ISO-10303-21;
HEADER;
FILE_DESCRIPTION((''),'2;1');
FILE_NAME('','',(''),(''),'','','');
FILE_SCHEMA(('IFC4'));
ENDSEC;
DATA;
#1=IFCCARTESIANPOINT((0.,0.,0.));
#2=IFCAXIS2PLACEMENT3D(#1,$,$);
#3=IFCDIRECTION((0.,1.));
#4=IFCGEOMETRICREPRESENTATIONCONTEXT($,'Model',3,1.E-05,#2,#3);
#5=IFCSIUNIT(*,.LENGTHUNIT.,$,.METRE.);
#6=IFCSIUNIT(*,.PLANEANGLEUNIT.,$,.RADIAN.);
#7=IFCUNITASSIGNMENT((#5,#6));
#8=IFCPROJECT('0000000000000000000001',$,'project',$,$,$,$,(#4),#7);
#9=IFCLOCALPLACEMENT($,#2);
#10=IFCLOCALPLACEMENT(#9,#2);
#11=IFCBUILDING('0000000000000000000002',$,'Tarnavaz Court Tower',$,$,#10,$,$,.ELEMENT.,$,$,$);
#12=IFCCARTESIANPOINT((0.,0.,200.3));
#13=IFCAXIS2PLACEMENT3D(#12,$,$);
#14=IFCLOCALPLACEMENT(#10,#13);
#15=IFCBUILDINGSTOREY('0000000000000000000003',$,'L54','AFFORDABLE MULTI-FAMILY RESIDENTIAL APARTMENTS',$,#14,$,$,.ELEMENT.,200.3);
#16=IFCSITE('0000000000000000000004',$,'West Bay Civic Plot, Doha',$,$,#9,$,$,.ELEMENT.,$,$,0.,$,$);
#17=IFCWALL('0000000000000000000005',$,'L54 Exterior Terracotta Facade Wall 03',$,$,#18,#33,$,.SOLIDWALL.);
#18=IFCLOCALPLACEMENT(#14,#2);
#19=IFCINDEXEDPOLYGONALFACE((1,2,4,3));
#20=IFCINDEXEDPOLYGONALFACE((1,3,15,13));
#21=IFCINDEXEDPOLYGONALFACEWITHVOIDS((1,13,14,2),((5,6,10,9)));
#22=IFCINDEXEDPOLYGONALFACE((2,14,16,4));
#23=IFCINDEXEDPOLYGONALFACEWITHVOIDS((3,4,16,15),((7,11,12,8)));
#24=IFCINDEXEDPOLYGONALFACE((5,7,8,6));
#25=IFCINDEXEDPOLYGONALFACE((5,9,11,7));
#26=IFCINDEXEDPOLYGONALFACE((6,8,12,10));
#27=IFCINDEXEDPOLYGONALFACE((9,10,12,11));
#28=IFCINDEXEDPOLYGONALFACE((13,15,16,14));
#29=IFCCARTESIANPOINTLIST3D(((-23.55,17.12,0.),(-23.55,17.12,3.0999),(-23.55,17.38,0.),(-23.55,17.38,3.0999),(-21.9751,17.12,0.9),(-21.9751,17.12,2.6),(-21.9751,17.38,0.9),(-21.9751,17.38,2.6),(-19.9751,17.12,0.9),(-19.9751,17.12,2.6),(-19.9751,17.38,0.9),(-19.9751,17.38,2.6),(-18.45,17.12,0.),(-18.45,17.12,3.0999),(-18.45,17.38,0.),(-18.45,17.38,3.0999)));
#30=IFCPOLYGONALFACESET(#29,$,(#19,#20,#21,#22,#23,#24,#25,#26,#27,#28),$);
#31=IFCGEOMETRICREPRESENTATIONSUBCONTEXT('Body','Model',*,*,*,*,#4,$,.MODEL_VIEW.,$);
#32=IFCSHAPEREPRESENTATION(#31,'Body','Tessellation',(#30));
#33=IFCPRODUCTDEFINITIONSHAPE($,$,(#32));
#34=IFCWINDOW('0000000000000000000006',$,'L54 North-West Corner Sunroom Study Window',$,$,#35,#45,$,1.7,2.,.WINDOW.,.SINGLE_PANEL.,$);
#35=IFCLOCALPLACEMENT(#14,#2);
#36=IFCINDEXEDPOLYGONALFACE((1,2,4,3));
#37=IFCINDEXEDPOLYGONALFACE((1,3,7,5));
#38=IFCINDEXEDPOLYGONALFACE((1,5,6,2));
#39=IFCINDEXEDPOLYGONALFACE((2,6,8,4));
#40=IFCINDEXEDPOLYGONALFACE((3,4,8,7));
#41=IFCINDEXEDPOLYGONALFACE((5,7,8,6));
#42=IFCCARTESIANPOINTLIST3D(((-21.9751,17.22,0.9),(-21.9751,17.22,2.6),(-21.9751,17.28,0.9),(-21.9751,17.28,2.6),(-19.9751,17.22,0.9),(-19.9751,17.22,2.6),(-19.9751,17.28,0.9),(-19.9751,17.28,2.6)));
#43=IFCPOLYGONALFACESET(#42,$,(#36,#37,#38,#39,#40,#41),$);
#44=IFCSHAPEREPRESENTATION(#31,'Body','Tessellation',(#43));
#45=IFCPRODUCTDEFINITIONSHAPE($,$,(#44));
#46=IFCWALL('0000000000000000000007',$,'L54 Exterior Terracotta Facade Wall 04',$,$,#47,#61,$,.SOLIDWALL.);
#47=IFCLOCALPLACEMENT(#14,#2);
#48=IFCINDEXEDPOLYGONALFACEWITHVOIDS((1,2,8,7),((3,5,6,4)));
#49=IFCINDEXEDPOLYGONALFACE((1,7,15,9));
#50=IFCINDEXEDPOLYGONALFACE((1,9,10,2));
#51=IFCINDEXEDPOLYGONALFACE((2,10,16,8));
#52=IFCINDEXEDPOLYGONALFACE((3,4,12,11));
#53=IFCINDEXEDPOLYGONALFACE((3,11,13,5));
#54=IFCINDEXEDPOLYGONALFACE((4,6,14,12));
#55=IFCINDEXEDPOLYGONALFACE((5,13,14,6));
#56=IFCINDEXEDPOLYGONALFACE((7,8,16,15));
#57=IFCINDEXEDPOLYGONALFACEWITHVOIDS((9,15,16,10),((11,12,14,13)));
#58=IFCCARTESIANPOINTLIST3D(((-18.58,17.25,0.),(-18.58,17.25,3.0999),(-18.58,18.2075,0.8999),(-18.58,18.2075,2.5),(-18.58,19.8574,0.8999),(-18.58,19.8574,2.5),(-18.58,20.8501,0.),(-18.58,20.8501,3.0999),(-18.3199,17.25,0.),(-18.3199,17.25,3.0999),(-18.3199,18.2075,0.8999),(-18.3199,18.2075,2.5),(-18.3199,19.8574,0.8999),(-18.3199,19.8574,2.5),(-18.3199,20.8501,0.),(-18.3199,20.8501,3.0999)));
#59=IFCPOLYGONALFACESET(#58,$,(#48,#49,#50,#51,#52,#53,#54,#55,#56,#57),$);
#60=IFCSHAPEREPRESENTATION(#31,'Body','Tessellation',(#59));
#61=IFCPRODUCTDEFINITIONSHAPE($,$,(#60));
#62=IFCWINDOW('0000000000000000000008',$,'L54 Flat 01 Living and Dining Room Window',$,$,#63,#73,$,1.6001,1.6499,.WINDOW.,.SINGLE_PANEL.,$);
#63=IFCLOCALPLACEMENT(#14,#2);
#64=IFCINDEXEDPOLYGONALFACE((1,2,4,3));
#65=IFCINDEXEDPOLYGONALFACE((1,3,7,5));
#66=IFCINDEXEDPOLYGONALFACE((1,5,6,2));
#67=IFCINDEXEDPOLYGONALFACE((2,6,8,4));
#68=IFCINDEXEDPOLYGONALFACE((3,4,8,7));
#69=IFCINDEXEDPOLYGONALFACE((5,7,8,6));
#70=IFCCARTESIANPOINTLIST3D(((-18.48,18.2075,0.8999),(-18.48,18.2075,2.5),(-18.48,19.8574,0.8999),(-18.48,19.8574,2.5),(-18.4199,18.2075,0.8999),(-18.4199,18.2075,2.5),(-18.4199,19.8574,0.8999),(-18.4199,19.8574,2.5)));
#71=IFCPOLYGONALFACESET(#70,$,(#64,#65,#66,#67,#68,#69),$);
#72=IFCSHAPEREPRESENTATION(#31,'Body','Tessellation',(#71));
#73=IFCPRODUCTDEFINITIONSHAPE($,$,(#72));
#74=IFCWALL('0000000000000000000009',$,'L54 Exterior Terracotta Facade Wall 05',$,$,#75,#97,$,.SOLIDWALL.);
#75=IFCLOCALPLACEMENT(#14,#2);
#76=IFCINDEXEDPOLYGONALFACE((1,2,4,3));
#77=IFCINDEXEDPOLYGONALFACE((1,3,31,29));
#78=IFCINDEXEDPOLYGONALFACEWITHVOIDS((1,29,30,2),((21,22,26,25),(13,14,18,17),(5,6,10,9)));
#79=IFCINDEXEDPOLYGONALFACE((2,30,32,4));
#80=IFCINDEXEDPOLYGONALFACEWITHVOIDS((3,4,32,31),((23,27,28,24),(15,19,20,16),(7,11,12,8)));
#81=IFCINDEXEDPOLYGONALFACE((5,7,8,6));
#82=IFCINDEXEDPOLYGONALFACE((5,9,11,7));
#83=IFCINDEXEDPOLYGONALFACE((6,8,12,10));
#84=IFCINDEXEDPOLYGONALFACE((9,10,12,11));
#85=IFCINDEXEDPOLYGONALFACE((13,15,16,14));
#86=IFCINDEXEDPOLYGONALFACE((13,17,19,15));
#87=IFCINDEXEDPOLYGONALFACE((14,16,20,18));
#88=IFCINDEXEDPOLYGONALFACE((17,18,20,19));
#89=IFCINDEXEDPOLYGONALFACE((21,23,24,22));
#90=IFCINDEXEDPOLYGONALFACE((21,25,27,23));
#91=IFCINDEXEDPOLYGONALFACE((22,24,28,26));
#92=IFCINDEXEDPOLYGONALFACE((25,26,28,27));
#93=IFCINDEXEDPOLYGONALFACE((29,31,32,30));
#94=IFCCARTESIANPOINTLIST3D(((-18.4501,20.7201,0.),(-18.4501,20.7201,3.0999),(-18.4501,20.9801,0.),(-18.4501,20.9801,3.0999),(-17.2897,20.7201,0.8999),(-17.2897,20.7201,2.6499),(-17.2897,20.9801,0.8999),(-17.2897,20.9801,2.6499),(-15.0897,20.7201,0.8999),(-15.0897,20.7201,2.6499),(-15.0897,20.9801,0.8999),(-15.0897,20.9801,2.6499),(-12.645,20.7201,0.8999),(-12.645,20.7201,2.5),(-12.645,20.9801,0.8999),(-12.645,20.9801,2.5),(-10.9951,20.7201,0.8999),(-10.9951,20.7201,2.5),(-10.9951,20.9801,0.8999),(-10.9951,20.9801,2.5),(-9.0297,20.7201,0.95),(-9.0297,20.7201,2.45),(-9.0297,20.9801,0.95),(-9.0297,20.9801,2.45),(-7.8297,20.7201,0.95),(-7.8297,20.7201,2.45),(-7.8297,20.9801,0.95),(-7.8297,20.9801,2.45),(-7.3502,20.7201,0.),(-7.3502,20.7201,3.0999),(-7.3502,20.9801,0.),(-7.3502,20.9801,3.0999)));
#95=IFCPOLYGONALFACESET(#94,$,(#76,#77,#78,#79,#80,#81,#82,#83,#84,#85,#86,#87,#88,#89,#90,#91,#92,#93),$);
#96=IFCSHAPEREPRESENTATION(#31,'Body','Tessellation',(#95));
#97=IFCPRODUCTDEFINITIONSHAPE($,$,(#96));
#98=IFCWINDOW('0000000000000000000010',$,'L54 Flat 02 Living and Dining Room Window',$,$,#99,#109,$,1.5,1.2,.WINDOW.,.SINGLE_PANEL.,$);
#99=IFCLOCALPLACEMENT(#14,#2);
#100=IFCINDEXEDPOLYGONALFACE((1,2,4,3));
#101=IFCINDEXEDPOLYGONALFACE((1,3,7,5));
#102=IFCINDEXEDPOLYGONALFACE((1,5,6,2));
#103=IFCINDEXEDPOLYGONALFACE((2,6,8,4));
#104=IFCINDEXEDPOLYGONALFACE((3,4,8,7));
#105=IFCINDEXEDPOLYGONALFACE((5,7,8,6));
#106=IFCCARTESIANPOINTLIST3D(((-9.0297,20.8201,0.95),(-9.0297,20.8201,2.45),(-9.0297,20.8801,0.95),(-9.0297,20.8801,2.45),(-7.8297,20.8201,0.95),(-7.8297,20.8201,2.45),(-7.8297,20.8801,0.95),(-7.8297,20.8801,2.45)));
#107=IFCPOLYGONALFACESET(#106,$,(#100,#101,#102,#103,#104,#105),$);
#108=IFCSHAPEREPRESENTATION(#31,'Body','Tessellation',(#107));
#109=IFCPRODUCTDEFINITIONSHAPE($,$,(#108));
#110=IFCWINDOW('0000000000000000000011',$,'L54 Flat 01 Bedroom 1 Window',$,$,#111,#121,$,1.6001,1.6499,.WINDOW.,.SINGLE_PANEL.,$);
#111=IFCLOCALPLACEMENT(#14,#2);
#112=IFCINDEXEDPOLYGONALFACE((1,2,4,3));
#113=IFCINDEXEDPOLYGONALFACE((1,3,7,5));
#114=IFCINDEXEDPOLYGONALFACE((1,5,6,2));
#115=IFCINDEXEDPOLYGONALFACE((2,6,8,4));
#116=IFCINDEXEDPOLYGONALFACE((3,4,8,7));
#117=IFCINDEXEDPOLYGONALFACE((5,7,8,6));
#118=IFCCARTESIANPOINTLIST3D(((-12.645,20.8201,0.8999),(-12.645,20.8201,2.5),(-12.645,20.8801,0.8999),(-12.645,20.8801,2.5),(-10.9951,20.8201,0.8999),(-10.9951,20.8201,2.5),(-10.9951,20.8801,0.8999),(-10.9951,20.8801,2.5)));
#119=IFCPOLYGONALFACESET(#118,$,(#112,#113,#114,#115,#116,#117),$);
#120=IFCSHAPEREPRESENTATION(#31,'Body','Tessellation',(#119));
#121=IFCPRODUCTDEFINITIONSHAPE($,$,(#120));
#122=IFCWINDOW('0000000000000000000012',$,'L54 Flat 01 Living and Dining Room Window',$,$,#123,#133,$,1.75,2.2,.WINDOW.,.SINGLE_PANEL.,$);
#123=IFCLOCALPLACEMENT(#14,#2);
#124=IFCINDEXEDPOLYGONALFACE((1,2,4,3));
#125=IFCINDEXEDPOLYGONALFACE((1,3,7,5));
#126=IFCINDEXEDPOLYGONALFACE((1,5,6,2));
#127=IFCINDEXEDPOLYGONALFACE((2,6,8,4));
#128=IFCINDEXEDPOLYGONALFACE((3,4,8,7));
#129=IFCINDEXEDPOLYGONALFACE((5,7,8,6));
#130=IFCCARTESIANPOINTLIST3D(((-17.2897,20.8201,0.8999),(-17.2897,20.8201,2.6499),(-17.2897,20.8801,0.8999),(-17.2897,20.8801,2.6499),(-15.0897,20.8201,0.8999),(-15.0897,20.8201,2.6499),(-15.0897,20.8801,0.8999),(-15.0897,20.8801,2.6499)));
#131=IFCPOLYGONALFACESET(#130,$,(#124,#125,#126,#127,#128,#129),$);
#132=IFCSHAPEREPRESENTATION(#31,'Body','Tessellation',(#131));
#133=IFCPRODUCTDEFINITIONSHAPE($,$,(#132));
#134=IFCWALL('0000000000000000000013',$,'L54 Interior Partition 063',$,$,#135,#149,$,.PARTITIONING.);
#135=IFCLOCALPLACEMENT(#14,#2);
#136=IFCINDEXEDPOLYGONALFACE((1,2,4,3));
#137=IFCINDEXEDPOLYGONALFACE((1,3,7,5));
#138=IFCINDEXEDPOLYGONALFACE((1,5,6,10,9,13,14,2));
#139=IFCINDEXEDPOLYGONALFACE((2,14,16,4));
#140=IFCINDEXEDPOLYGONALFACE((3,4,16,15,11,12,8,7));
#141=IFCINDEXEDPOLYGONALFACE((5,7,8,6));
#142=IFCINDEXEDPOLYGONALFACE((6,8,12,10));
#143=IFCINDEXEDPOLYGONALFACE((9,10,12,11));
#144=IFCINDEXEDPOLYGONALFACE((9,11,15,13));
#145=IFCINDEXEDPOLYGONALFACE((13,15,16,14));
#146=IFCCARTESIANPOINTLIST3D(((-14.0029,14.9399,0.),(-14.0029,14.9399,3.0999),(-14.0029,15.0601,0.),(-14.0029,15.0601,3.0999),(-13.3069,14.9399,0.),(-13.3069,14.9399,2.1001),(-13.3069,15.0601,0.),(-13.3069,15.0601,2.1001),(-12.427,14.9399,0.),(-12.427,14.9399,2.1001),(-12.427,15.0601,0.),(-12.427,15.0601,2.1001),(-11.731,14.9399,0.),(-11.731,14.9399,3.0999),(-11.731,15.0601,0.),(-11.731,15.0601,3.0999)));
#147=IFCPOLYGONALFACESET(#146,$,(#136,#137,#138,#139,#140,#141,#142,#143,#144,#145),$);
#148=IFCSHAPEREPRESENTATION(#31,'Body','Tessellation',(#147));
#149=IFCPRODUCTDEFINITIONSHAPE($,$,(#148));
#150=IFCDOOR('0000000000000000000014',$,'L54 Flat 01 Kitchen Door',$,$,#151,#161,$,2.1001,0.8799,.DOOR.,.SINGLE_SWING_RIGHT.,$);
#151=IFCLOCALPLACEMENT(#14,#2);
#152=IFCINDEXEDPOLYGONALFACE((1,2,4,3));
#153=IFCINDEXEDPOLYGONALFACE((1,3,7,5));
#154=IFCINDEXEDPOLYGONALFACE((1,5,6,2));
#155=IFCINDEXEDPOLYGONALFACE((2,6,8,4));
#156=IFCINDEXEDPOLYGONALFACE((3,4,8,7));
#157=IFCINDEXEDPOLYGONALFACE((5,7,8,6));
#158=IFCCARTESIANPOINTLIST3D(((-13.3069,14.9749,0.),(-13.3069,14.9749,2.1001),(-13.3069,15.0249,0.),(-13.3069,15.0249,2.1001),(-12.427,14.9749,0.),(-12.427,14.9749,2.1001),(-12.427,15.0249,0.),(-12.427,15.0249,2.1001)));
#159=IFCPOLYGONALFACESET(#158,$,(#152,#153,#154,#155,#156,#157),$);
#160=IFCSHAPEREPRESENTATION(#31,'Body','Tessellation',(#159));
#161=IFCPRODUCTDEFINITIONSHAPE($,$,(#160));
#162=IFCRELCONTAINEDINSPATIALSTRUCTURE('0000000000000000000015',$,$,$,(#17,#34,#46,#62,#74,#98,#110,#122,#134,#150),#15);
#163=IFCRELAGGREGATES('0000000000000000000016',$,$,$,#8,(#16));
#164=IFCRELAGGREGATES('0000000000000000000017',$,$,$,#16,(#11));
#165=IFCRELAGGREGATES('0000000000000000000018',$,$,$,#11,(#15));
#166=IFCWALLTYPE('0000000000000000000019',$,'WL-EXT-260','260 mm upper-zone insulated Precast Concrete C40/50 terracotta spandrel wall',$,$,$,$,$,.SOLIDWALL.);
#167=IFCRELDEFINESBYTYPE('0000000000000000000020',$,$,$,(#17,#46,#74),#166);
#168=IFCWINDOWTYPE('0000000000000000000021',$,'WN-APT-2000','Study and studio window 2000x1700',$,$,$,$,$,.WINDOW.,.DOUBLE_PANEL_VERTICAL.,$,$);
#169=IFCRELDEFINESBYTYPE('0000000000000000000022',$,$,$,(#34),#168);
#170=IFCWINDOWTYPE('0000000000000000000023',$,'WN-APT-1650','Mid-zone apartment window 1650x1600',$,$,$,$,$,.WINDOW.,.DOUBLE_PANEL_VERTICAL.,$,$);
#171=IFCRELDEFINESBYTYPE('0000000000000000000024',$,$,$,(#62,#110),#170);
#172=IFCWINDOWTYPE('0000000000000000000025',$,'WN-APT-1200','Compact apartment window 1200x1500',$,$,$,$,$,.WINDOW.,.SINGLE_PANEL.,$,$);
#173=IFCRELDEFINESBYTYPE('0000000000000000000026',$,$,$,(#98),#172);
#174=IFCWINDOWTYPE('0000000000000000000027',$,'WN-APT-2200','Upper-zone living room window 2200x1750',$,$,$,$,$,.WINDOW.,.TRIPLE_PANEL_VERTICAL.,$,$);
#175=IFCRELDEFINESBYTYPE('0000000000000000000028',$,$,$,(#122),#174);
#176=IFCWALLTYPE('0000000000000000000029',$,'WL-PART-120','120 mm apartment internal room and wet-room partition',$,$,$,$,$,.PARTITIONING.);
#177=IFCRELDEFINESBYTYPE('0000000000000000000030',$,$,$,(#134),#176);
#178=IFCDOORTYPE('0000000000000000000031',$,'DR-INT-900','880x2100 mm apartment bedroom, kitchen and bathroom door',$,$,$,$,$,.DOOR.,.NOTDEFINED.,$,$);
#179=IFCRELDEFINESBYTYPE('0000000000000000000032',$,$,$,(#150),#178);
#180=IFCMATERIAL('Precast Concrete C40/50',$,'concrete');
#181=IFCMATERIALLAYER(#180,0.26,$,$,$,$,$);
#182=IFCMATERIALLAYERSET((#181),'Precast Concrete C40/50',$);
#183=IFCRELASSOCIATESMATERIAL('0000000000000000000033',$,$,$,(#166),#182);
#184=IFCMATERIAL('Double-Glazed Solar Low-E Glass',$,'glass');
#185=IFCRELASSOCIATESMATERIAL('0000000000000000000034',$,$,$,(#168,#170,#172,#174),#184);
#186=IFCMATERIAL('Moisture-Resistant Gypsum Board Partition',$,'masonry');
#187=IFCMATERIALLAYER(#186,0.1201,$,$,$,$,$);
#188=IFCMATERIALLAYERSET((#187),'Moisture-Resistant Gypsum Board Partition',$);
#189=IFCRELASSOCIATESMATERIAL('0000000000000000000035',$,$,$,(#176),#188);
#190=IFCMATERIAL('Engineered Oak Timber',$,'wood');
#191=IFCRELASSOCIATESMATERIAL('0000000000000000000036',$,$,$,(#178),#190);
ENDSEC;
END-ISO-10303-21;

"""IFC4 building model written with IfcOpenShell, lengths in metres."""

from ifc_helpers import new_model, si_unit, direction, frame, frame_2d, origin, place, context, subcontext, project, spatial, rectangle, extrude, material, layer, layer_set, type_object, element, fill, save


model = new_model("IFC4")

# Units and contexts
model_context = context("Model", 3, precision=1e-05, world=origin(), true_north=direction((0.0, 1.0)))
body_context = subcontext(model_context, "Body", "Model", "MODEL_VIEW")
ifc_project = project(units=[si_unit("LENGTHUNIT", "METRE"), si_unit("PLANEANGLEUNIT", "RADIAN")], contexts=[model_context])

# Site, building, storey
site_placement = place(None, origin())
site = spatial("IfcSite", under=ifc_project, at=site_placement, Name="West Bay Civic Plot, Doha", CompositionType="ELEMENT", RefElevation=0.0)
building_placement = place(site_placement, origin())
building = spatial("IfcBuilding", under=site, at=building_placement, Name="Tarnavaz Court Tower", CompositionType="ELEMENT")
storey_placement = place(building_placement, frame((0.0, 0.0, 200.3)))
storey = spatial("IfcBuildingStorey", under=building, at=storey_placement, Name="L54", Description="AFFORDABLE MULTI-FAMILY RESIDENTIAL APARTMENTS", CompositionType="ELEMENT", Elevation=200.3)

# Walls, openings, windows
ifc_material_1 = material(Name="Precast Concrete C40/50", Category="concrete")
ifc_layer_1 = layer(ifc_material_1, 0.26)
ifc_layer_set_1 = layer_set([ifc_layer_1], Name="Precast Concrete C40/50")
wall_type_1 = type_object("IfcWallType", Name="WL-EXT-260", Description="260 mm upper-zone insulated Precast Concrete C40/50 terracotta spandrel wall", PredefinedType="SOLIDWALL", material=ifc_layer_set_1)
wall_1_placement = place(storey_placement, frame((-23.55, 17.25, 0.0), z_axis=(0.0, 0.0, 1.0), x_axis=(1.0, 0.0, 0.0)))
wall_1 = element("IfcWall", 1, at=wall_1_placement, inside=storey, type_object=wall_type_1, Name="L54 Exterior Terracotta Facade Wall 03", PredefinedType="SOLIDWALL", context=body_context, shape_type="SweptSolid", body=[
    extrude(rectangle(XDim=5.1001, YDim=0.26, at=frame_2d((2.55, 0.0))), origin(), (0.0, 0.0, 1.0), 3.0999),
])
opening_1_placement = place(wall_1_placement, frame((1.575, 0.0, 0.8999)))
opening_1 = element("IfcOpeningElement", 2, at=opening_1_placement, cuts=wall_1, PredefinedType="OPENING", context=body_context, shape_type="SweptSolid", body=[
    extrude(rectangle(XDim=2.0, YDim=1.7, at=frame_2d((1.0, 0.8501))), frame((0.0, 0.1399, 0.0), z_axis=(0.0, -1.0, 0.0), x_axis=(1.0, 0.0, 0.0)), (0.0, 0.0, 1.0), 0.28),
])
ifc_material_2 = material(Name="Double-Glazed Solar Low-E Glass", Category="glass")
window_type_1 = type_object("IfcWindowType", Name="WN-APT-2000", Description="Study and studio window 2000x1700", PartitioningType="DOUBLE_PANEL_VERTICAL", PredefinedType="WINDOW", material=ifc_material_2)
window_1_placement = place(opening_1_placement, origin())
window_1 = element("IfcWindow", 3, at=window_1_placement, inside=storey, type_object=window_type_1, Name="L54 North-West Corner Sunroom Study Window", OverallHeight=1.7, OverallWidth=2.0, PartitioningType="SINGLE_PANEL", PredefinedType="WINDOW", context=body_context, shape_type="SweptSolid", body=[
    extrude(rectangle(XDim=2.0, YDim=1.7, at=frame_2d((1.0, 0.8501))), frame((0.0, 0.03, 0.0), z_axis=(0.0, -1.0, 0.0), x_axis=(1.0, 0.0, 0.0)), (0.0, 0.0, 1.0), 0.0601),
])
fill(opening_1, window_1)
wall_2_placement = place(storey_placement, frame((-18.45, 17.25, 0.0), z_axis=(0.0, 0.0, 1.0), x_axis=(0.0, 1.0, 0.0)))
wall_2 = element("IfcWall", 4, at=wall_2_placement, inside=storey, type_object=wall_type_1, Name="L54 Exterior Terracotta Facade Wall 04", PredefinedType="SOLIDWALL", context=body_context, shape_type="SweptSolid", body=[
    extrude(rectangle(XDim=3.6001, YDim=0.26, at=frame_2d((1.8, 0.0))), origin(), (0.0, 0.0, 1.0), 3.0999),
])
opening_2_placement = place(wall_2_placement, frame((0.9575, 0.0, 0.8999)))
opening_2 = element("IfcOpeningElement", 5, at=opening_2_placement, cuts=wall_2, PredefinedType="OPENING", context=body_context, shape_type="SweptSolid", body=[
    extrude(rectangle(XDim=1.6499, YDim=1.6001, at=frame_2d((0.825, 0.8))), frame((0.0, 0.1399, 0.0), z_axis=(0.0, -1.0, 0.0), x_axis=(1.0, 0.0, 0.0)), (0.0, 0.0, 1.0), 0.28),
])
window_type_2 = type_object("IfcWindowType", Name="WN-APT-1650", Description="Mid-zone apartment window 1650x1600", PartitioningType="DOUBLE_PANEL_VERTICAL", PredefinedType="WINDOW", material=ifc_material_2)
window_2_placement = place(opening_2_placement, origin())
window_2 = element("IfcWindow", 6, at=window_2_placement, inside=storey, type_object=window_type_2, Name="L54 Flat 01 Living and Dining Room Window", OverallHeight=1.6001, OverallWidth=1.6499, PartitioningType="SINGLE_PANEL", PredefinedType="WINDOW", context=body_context, shape_type="SweptSolid", body=[
    extrude(rectangle(XDim=1.6499, YDim=1.6001, at=frame_2d((0.825, 0.8))), frame((0.0, 0.03, 0.0), z_axis=(0.0, -1.0, 0.0), x_axis=(1.0, 0.0, 0.0)), (0.0, 0.0, 1.0), 0.0601),
])
fill(opening_2, window_2)

# Wall, openings, windows
wall_3_placement = place(storey_placement, frame((-18.45, 20.8501, 0.0), z_axis=(0.0, 0.0, 1.0), x_axis=(1.0, 0.0, 0.0)))
wall_3 = element("IfcWall", 7, at=wall_3_placement, inside=storey, type_object=wall_type_1, Name="L54 Exterior Terracotta Facade Wall 05", PredefinedType="SOLIDWALL", context=body_context, shape_type="SweptSolid", body=[
    extrude(rectangle(XDim=11.0999, YDim=0.26, at=frame_2d((5.5498, 0.0))), origin(), (0.0, 0.0, 1.0), 3.0999),
])
opening_3_placement = place(wall_3_placement, frame((1.1602, 0.0, 0.8999)))
opening_3 = element("IfcOpeningElement", 8, at=opening_3_placement, cuts=wall_3, PredefinedType="OPENING", context=body_context, shape_type="SweptSolid", body=[
    extrude(rectangle(XDim=2.2, YDim=1.75, at=frame_2d((1.1001, 0.875))), frame((0.0, 0.1399, 0.0), z_axis=(0.0, -1.0, 0.0), x_axis=(1.0, 0.0, 0.0)), (0.0, 0.0, 1.0), 0.28),
])
opening_4_placement = place(wall_3_placement, frame((5.8049, 0.0, 0.8999)))
opening_4 = element("IfcOpeningElement", 9, at=opening_4_placement, cuts=wall_3, PredefinedType="OPENING", context=body_context, shape_type="SweptSolid", body=[
    extrude(rectangle(XDim=1.6499, YDim=1.6001, at=frame_2d((0.825, 0.8))), frame((0.0, 0.1399, 0.0), z_axis=(0.0, -1.0, 0.0), x_axis=(1.0, 0.0, 0.0)), (0.0, 0.0, 1.0), 0.28),
])
opening_5_placement = place(wall_3_placement, frame((9.4202, 0.0, 0.95)))
opening_5 = element("IfcOpeningElement", 10, at=opening_5_placement, cuts=wall_3, PredefinedType="OPENING", context=body_context, shape_type="SweptSolid", body=[
    extrude(rectangle(XDim=1.2, YDim=1.5, at=frame_2d((0.6001, 0.75))), frame((0.0, 0.1399, 0.0), z_axis=(0.0, -1.0, 0.0), x_axis=(1.0, 0.0, 0.0)), (0.0, 0.0, 1.0), 0.28),
])
window_type_3 = type_object("IfcWindowType", Name="WN-APT-1200", Description="Compact apartment window 1200x1500", PartitioningType="SINGLE_PANEL", PredefinedType="WINDOW", material=ifc_material_2)
window_3_placement = place(opening_5_placement, origin())
window_3 = element("IfcWindow", 11, at=window_3_placement, inside=storey, type_object=window_type_3, Name="L54 Flat 02 Living and Dining Room Window", OverallHeight=1.5, OverallWidth=1.2, PartitioningType="SINGLE_PANEL", PredefinedType="WINDOW", context=body_context, shape_type="SweptSolid", body=[
    extrude(rectangle(XDim=1.2, YDim=1.5, at=frame_2d((0.6001, 0.75))), frame((0.0, 0.03, 0.0), z_axis=(0.0, -1.0, 0.0), x_axis=(1.0, 0.0, 0.0)), (0.0, 0.0, 1.0), 0.0601),
])
fill(opening_5, window_3)
window_4_placement = place(opening_4_placement, origin())
window_4 = element("IfcWindow", 12, at=window_4_placement, inside=storey, type_object=window_type_2, Name="L54 Flat 01 Bedroom 1 Window", OverallHeight=1.6001, OverallWidth=1.6499, PartitioningType="SINGLE_PANEL", PredefinedType="WINDOW", context=body_context, shape_type="SweptSolid", body=[
    extrude(rectangle(XDim=1.6499, YDim=1.6001, at=frame_2d((0.825, 0.8))), frame((0.0, 0.03, 0.0), z_axis=(0.0, -1.0, 0.0), x_axis=(1.0, 0.0, 0.0)), (0.0, 0.0, 1.0), 0.0601),
])
fill(opening_4, window_4)
window_type_4 = type_object("IfcWindowType", Name="WN-APT-2200", Description="Upper-zone living room window 2200x1750", PartitioningType="TRIPLE_PANEL_VERTICAL", PredefinedType="WINDOW", material=ifc_material_2)
window_5_placement = place(opening_3_placement, origin())
window_5 = element("IfcWindow", 13, at=window_5_placement, inside=storey, type_object=window_type_4, Name="L54 Flat 01 Living and Dining Room Window", OverallHeight=1.75, OverallWidth=2.2, PartitioningType="SINGLE_PANEL", PredefinedType="WINDOW", context=body_context, shape_type="SweptSolid", body=[
    extrude(rectangle(XDim=2.2, YDim=1.75, at=frame_2d((1.1001, 0.875))), frame((0.0, 0.03, 0.0), z_axis=(0.0, -1.0, 0.0), x_axis=(1.0, 0.0, 0.0)), (0.0, 0.0, 1.0), 0.0601),
])
fill(opening_3, window_5)

# Wall, opening, door
ifc_material_3 = material(Name="Moisture-Resistant Gypsum Board Partition", Category="masonry")
ifc_layer_2 = layer(ifc_material_3, 0.1201)
ifc_layer_set_2 = layer_set([ifc_layer_2], Name="Moisture-Resistant Gypsum Board Partition")
wall_type_2 = type_object("IfcWallType", Name="WL-PART-120", Description="120 mm apartment internal room and wet-room partition", PredefinedType="PARTITIONING", material=ifc_layer_set_2)
wall_4_placement = place(storey_placement, frame((-14.0029, 15.0, 0.0), z_axis=(0.0, 0.0, 1.0), x_axis=(1.0, 0.0, 0.0)))
wall_4 = element("IfcWall", 14, at=wall_4_placement, inside=storey, type_object=wall_type_2, Name="L54 Interior Partition 063", PredefinedType="PARTITIONING", context=body_context, shape_type="SweptSolid", body=[
    extrude(rectangle(XDim=2.272, YDim=0.1201, at=frame_2d((1.136, 0.0))), origin(), (0.0, 0.0, 1.0), 3.0999),
])
opening_6_placement = place(wall_4_placement, frame((0.696, 0.0, 0.0)))
opening_6 = element("IfcOpeningElement", 15, at=opening_6_placement, cuts=wall_4, PredefinedType="OPENING", context=body_context, shape_type="SweptSolid", body=[
    extrude(rectangle(XDim=0.8799, YDim=2.1001, at=frame_2d((0.4399, 1.05))), frame((0.0, 0.0701, 0.0), z_axis=(0.0, -1.0, 0.0), x_axis=(1.0, 0.0, 0.0)), (0.0, 0.0, 1.0), 0.1401),
])
ifc_material_4 = material(Name="Engineered Oak Timber", Category="wood")
door_type = type_object("IfcDoorType", Name="DR-INT-900", Description="880x2100 mm apartment bedroom, kitchen and bathroom door", OperationType="NOTDEFINED", PredefinedType="DOOR", material=ifc_material_4)
door_1_placement = place(opening_6_placement, origin())
door_1 = element("IfcDoor", 16, at=door_1_placement, inside=storey, type_object=door_type, Name="L54 Flat 01 Kitchen Door", OperationType="SINGLE_SWING_RIGHT", OverallHeight=2.1001, OverallWidth=0.8799, PredefinedType="DOOR", context=body_context, shape_type="SweptSolid", body=[
    extrude(rectangle(XDim=0.8799, YDim=2.1001, at=frame_2d((0.4399, 1.05))), frame((0.0, 0.0249, 0.0), z_axis=(0.0, -1.0, 0.0), x_axis=(1.0, 0.0, 0.0)), (0.0, 0.0, 1.0), 0.05),
])
fill(opening_6, door_1)

save(model, "model.ifc")
